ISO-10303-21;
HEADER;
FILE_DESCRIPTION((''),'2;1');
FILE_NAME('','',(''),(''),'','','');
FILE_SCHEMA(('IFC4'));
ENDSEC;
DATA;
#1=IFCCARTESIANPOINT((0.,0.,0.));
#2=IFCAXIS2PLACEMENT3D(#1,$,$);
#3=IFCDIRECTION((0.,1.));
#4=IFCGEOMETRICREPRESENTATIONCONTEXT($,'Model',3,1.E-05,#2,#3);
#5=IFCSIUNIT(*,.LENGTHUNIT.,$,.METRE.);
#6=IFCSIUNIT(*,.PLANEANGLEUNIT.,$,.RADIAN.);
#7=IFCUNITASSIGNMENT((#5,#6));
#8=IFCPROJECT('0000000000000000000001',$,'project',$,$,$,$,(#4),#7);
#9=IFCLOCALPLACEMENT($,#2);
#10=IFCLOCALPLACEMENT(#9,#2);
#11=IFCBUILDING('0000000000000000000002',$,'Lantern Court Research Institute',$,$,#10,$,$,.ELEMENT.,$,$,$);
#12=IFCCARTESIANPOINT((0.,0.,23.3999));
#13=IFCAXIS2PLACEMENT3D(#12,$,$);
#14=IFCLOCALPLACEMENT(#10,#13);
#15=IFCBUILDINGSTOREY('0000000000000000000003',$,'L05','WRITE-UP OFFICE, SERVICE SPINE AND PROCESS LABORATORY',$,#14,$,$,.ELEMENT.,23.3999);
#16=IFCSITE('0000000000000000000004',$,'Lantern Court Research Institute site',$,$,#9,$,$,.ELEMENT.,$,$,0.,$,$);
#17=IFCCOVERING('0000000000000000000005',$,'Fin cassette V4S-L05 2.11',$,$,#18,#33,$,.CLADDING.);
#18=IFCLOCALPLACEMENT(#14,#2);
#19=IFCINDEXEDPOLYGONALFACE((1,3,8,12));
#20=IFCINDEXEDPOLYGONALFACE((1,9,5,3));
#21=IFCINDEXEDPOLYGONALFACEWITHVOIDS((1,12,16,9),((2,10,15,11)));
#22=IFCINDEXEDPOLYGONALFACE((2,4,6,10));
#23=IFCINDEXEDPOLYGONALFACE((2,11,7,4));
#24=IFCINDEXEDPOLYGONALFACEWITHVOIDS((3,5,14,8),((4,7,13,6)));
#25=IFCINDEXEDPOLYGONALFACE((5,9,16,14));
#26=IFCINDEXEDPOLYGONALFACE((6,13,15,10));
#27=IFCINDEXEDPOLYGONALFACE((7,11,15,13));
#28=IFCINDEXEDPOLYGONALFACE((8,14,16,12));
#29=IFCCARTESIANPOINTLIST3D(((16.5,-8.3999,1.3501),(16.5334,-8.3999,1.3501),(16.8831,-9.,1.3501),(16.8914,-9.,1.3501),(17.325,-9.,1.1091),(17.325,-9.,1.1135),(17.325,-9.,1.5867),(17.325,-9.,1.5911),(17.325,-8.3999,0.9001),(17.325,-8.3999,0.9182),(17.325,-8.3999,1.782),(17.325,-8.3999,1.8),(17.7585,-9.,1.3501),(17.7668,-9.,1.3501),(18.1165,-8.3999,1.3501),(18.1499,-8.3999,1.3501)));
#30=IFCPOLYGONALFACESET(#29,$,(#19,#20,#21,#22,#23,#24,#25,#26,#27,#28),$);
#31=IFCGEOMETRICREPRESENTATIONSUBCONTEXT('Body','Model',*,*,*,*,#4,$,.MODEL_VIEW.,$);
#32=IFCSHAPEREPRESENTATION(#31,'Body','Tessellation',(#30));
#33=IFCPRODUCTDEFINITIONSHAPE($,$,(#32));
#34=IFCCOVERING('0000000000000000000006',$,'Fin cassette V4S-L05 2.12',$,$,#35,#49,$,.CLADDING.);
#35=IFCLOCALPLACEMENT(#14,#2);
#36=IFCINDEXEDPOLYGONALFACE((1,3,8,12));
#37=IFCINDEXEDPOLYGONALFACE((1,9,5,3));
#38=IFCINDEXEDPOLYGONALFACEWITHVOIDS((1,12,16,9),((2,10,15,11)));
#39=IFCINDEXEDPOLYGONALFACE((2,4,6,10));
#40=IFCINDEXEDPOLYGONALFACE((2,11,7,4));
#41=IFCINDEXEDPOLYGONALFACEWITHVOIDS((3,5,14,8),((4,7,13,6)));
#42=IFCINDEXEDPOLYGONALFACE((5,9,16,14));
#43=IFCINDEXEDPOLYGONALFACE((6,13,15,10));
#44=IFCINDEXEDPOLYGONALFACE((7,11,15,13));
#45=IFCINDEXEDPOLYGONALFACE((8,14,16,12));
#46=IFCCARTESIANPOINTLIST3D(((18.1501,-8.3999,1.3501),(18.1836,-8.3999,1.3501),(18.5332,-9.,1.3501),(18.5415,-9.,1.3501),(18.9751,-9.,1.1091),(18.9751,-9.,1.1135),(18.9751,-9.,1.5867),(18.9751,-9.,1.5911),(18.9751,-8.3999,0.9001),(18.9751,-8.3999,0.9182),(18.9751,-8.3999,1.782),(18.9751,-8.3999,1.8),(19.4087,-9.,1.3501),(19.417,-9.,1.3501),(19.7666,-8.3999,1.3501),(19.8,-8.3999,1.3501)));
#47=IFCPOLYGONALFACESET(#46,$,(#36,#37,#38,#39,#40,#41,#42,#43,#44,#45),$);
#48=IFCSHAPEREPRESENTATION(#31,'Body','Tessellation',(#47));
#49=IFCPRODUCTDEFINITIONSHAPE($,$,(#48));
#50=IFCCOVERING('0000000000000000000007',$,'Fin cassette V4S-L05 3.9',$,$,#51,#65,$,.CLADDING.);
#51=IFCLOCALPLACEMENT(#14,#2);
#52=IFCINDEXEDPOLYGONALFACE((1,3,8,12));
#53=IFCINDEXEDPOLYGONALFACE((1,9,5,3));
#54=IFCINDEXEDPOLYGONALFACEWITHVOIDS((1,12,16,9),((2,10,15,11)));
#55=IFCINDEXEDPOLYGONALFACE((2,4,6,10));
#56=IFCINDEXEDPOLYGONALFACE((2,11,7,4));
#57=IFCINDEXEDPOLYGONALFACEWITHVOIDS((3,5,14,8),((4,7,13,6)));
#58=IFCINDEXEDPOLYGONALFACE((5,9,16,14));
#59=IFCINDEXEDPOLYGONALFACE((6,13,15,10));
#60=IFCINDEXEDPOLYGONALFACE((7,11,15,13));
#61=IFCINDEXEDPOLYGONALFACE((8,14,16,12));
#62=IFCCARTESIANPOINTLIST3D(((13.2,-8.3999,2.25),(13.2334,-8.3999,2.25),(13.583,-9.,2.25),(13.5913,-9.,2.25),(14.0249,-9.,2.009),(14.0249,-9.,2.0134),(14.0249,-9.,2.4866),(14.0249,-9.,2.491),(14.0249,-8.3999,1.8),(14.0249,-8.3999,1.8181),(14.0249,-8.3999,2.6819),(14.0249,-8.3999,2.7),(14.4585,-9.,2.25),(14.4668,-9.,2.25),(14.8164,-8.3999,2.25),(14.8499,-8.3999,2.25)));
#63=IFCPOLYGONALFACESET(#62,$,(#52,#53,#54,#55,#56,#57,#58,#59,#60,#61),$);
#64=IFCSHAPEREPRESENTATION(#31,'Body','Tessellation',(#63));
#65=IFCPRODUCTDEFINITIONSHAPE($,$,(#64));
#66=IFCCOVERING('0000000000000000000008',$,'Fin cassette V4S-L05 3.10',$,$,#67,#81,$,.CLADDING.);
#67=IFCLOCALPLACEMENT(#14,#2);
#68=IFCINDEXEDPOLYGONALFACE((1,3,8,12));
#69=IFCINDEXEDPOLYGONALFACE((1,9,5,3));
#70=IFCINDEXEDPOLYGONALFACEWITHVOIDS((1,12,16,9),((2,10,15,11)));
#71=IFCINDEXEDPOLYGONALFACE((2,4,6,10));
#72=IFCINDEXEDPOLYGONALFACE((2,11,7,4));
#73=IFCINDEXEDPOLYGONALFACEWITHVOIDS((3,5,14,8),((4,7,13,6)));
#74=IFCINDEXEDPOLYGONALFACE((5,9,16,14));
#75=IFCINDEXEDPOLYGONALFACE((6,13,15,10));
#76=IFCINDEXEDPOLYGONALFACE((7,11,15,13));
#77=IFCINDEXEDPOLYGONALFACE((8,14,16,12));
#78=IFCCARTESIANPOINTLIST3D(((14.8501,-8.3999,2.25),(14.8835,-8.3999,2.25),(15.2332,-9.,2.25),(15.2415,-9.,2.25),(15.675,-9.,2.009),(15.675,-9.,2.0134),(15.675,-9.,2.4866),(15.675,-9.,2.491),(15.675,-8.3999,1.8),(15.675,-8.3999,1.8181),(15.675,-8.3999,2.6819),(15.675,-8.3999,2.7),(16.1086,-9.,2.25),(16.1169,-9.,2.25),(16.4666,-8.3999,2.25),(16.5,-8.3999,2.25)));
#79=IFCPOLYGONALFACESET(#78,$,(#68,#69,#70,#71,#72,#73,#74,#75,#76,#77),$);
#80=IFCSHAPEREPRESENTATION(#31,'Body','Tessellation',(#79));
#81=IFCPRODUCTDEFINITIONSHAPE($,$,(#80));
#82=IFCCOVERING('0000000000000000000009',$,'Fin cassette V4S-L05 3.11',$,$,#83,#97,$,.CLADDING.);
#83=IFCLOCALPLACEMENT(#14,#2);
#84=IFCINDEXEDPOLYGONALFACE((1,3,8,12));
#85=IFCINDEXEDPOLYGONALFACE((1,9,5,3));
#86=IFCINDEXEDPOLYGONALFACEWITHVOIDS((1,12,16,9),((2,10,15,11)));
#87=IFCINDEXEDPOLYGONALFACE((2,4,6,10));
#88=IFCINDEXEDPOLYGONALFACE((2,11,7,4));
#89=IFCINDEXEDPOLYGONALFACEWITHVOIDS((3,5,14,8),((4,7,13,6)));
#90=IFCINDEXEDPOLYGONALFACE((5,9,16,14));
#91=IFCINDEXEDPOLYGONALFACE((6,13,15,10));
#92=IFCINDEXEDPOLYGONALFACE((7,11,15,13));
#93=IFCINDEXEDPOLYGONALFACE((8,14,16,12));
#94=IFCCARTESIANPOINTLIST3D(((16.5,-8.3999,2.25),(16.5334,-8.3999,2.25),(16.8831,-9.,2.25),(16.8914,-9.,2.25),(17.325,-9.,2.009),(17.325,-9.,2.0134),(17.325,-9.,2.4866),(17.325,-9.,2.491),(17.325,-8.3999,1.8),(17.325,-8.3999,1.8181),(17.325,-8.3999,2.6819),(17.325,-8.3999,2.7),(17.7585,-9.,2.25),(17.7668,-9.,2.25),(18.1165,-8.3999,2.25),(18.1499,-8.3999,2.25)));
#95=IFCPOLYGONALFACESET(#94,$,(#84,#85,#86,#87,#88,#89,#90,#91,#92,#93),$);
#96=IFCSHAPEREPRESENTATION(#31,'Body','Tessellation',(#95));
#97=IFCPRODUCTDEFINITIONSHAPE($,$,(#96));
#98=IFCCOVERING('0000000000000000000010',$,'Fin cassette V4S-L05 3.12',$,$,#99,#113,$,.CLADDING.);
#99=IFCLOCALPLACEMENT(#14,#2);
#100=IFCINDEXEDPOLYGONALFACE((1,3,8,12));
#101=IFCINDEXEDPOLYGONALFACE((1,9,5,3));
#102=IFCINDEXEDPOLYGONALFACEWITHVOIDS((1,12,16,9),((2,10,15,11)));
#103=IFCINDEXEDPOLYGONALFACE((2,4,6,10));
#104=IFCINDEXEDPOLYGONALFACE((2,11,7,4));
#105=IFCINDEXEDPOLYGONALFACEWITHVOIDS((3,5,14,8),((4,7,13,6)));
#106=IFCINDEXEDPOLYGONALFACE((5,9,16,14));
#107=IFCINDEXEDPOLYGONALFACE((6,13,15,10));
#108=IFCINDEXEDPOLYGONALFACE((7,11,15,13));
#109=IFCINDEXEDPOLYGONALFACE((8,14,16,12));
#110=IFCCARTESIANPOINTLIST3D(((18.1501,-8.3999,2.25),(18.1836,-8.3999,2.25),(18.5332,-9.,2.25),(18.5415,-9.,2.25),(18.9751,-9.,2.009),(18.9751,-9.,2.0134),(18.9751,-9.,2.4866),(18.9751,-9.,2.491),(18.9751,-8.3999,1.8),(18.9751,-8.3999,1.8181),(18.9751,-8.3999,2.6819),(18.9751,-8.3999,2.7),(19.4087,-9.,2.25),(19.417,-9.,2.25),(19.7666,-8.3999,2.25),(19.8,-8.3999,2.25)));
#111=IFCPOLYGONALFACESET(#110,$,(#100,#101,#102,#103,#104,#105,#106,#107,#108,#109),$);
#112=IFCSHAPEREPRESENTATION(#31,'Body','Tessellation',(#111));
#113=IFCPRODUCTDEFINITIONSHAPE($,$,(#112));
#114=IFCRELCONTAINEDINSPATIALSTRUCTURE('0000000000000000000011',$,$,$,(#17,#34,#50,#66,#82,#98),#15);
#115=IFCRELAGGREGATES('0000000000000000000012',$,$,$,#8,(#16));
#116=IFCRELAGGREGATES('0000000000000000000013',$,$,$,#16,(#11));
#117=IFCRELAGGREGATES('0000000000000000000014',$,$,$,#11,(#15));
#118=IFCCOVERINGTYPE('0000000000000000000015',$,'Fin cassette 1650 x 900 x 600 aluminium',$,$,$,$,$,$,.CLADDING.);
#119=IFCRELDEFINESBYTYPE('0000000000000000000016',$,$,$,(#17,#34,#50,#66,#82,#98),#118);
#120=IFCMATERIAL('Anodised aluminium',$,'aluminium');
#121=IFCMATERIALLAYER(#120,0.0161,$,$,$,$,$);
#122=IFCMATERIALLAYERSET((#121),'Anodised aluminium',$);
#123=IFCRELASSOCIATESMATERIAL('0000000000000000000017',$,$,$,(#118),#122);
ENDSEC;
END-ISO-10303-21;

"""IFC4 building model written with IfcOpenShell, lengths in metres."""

from ifc_helpers import new_model, entity, si_unit, direction, frame, origin, place, context, subcontext, project, spatial, material, layer, layer_set, type_object, element, save


model = new_model("IFC4")

# Units and contexts
model_context = context("Model", 3, precision=1e-05, world=origin(), true_north=direction((0.0, 1.0)))
body_context = subcontext(model_context, "Body", "Model", "MODEL_VIEW")
ifc_project = project(units=[si_unit("LENGTHUNIT", "METRE"), si_unit("PLANEANGLEUNIT", "RADIAN")], contexts=[model_context])

# Site, building, storey
site_placement = place(None, origin())
site = spatial("IfcSite", under=ifc_project, at=site_placement, Name="Lantern Court Research Institute site", CompositionType="ELEMENT", RefElevation=0.0)
building_placement = place(site_placement, origin())
building = spatial("IfcBuilding", under=site, at=building_placement, Name="Lantern Court Research Institute", CompositionType="ELEMENT")
storey_placement = place(building_placement, frame((0.0, 0.0, 23.3999)))
storey = spatial("IfcBuildingStorey", under=building, at=storey_placement, Name="L05", Description="WRITE-UP OFFICE, SERVICE SPINE AND PROCESS LABORATORY", CompositionType="ELEMENT", Elevation=23.3999)

# Coverings
ifc_material_1 = material(Name="Anodised aluminium", Category="aluminium")
ifc_layer_1 = layer(ifc_material_1, 0.0161)
ifc_layer_set_1 = layer_set([ifc_layer_1], Name="Anodised aluminium")
covering_type = type_object("IfcCoveringType", Name="Fin cassette 1650 x 900 x 600 aluminium", PredefinedType="CLADDING", material=ifc_layer_set_1)
covering_1_placement = place(storey_placement, frame((17.325, -8.3999, 1.3501), z_axis=(0.0, -1.0, 0.0), x_axis=(1.0, 0.0, 0.0)))
cartesian_point_1 = entity("IfcCartesianPoint", [0.825, 0.0])
cartesian_point_2 = entity("IfcCartesianPoint", [0.7915, 0.0])
cartesian_point_3 = entity("IfcCartesianPoint", [0.4419, 0.0])
cartesian_point_4 = entity("IfcCartesianPoint", [0.4336, 0.0])
element("IfcCovering", 1, at=covering_1_placement, inside=storey, type_object=covering_type, Name="Fin cassette V4S-L05 2.11", PredefinedType="CLADDING", context=body_context, shape_type="SweptSolid", body=[
    entity("IfcExtrudedAreaSolidTapered", entity("IfcArbitraryProfileDefWithVoids", "AREA", None, entity("IfcPolyline", [cartesian_point_1, entity("IfcCartesianPoint", [0.0, 0.45]), entity("IfcCartesianPoint", [-0.825, 0.0]), entity("IfcCartesianPoint", [0.0, -0.45]), cartesian_point_1]), [entity("IfcPolyline", [cartesian_point_2, entity("IfcCartesianPoint", [0.0, 0.4319]), entity("IfcCartesianPoint", [-0.7915, 0.0]), entity("IfcCartesianPoint", [0.0, -0.4319]), cartesian_point_2])]), entity("IfcAxis2Placement3D", entity("IfcCartesianPoint", [0.0, 0.0, 0.0])), entity("IfcDirection", [0.0, 0.0, 1.0]), 0.6001, entity("IfcArbitraryProfileDefWithVoids", "AREA", None, entity("IfcPolyline", [cartesian_point_3, entity("IfcCartesianPoint", [0.0, 0.241]), entity("IfcCartesianPoint", [-0.4419, 0.0]), entity("IfcCartesianPoint", [0.0, -0.241]), cartesian_point_3]), [entity("IfcPolyline", [cartesian_point_4, entity("IfcCartesianPoint", [0.0, 0.2366]), entity("IfcCartesianPoint", [-0.4336, 0.0]), entity("IfcCartesianPoint", [0.0, -0.2366]), cartesian_point_4])])),
])
covering_2_placement = place(storey_placement, frame((18.9751, -8.3999, 1.3501), z_axis=(0.0, -1.0, 0.0), x_axis=(1.0, 0.0, 0.0)))
cartesian_point_5 = entity("IfcCartesianPoint", [0.825, 0.0])
cartesian_point_6 = entity("IfcCartesianPoint", [0.7915, 0.0])
cartesian_point_7 = entity("IfcCartesianPoint", [0.4419, 0.0])
cartesian_point_8 = entity("IfcCartesianPoint", [0.4336, 0.0])
element("IfcCovering", 2, at=covering_2_placement, inside=storey, type_object=covering_type, Name="Fin cassette V4S-L05 2.12", PredefinedType="CLADDING", context=body_context, shape_type="SweptSolid", body=[
    entity("IfcExtrudedAreaSolidTapered", entity("IfcArbitraryProfileDefWithVoids", "AREA", None, entity("IfcPolyline", [cartesian_point_5, entity("IfcCartesianPoint", [0.0, 0.45]), entity("IfcCartesianPoint", [-0.825, 0.0]), entity("IfcCartesianPoint", [0.0, -0.45]), cartesian_point_5]), [entity("IfcPolyline", [cartesian_point_6, entity("IfcCartesianPoint", [0.0, 0.4319]), entity("IfcCartesianPoint", [-0.7915, 0.0]), entity("IfcCartesianPoint", [0.0, -0.4319]), cartesian_point_6])]), entity("IfcAxis2Placement3D", entity("IfcCartesianPoint", [0.0, 0.0, 0.0])), entity("IfcDirection", [0.0, 0.0, 1.0]), 0.6001, entity("IfcArbitraryProfileDefWithVoids", "AREA", None, entity("IfcPolyline", [cartesian_point_7, entity("IfcCartesianPoint", [0.0, 0.241]), entity("IfcCartesianPoint", [-0.4419, 0.0]), entity("IfcCartesianPoint", [0.0, -0.241]), cartesian_point_7]), [entity("IfcPolyline", [cartesian_point_8, entity("IfcCartesianPoint", [0.0, 0.2366]), entity("IfcCartesianPoint", [-0.4336, 0.0]), entity("IfcCartesianPoint", [0.0, -0.2366]), cartesian_point_8])])),
])
covering_3_placement = place(storey_placement, frame((14.0249, -8.3999, 2.25), z_axis=(0.0, -1.0, 0.0), x_axis=(1.0, 0.0, 0.0)))
cartesian_point_9 = entity("IfcCartesianPoint", [0.825, 0.0])
cartesian_point_10 = entity("IfcCartesianPoint", [0.7915, 0.0])
cartesian_point_11 = entity("IfcCartesianPoint", [0.4419, 0.0])
cartesian_point_12 = entity("IfcCartesianPoint", [0.4336, 0.0])
element("IfcCovering", 3, at=covering_3_placement, inside=storey, type_object=covering_type, Name="Fin cassette V4S-L05 3.9", PredefinedType="CLADDING", context=body_context, shape_type="SweptSolid", body=[
    entity("IfcExtrudedAreaSolidTapered", entity("IfcArbitraryProfileDefWithVoids", "AREA", None, entity("IfcPolyline", [cartesian_point_9, entity("IfcCartesianPoint", [0.0, 0.45]), entity("IfcCartesianPoint", [-0.825, 0.0]), entity("IfcCartesianPoint", [0.0, -0.45]), cartesian_point_9]), [entity("IfcPolyline", [cartesian_point_10, entity("IfcCartesianPoint", [0.0, 0.4319]), entity("IfcCartesianPoint", [-0.7915, 0.0]), entity("IfcCartesianPoint", [0.0, -0.4319]), cartesian_point_10])]), entity("IfcAxis2Placement3D", entity("IfcCartesianPoint", [0.0, 0.0, 0.0])), entity("IfcDirection", [0.0, 0.0, 1.0]), 0.6001, entity("IfcArbitraryProfileDefWithVoids", "AREA", None, entity("IfcPolyline", [cartesian_point_11, entity("IfcCartesianPoint", [0.0, 0.241]), entity("IfcCartesianPoint", [-0.4419, 0.0]), entity("IfcCartesianPoint", [0.0, -0.241]), cartesian_point_11]), [entity("IfcPolyline", [cartesian_point_12, entity("IfcCartesianPoint", [0.0, 0.2366]), entity("IfcCartesianPoint", [-0.4336, 0.0]), entity("IfcCartesianPoint", [0.0, -0.2366]), cartesian_point_12])])),
])
covering_4_placement = place(storey_placement, frame((15.675, -8.3999, 2.25), z_axis=(0.0, -1.0, 0.0), x_axis=(1.0, 0.0, 0.0)))
cartesian_point_13 = entity("IfcCartesianPoint", [0.825, 0.0])
cartesian_point_14 = entity("IfcCartesianPoint", [0.7915, 0.0])
cartesian_point_15 = entity("IfcCartesianPoint", [0.4419, 0.0])
cartesian_point_16 = entity("IfcCartesianPoint", [0.4336, 0.0])
element("IfcCovering", 4, at=covering_4_placement, inside=storey, type_object=covering_type, Name="Fin cassette V4S-L05 3.10", PredefinedType="CLADDING", context=body_context, shape_type="SweptSolid", body=[
    entity("IfcExtrudedAreaSolidTapered", entity("IfcArbitraryProfileDefWithVoids", "AREA", None, entity("IfcPolyline", [cartesian_point_13, entity("IfcCartesianPoint", [0.0, 0.45]), entity("IfcCartesianPoint", [-0.825, 0.0]), entity("IfcCartesianPoint", [0.0, -0.45]), cartesian_point_13]), [entity("IfcPolyline", [cartesian_point_14, entity("IfcCartesianPoint", [0.0, 0.4319]), entity("IfcCartesianPoint", [-0.7915, 0.0]), entity("IfcCartesianPoint", [0.0, -0.4319]), cartesian_point_14])]), entity("IfcAxis2Placement3D", entity("IfcCartesianPoint", [0.0, 0.0, 0.0])), entity("IfcDirection", [0.0, 0.0, 1.0]), 0.6001, entity("IfcArbitraryProfileDefWithVoids", "AREA", None, entity("IfcPolyline", [cartesian_point_15, entity("IfcCartesianPoint", [0.0, 0.241]), entity("IfcCartesianPoint", [-0.4419, 0.0]), entity("IfcCartesianPoint", [0.0, -0.241]), cartesian_point_15]), [entity("IfcPolyline", [cartesian_point_16, entity("IfcCartesianPoint", [0.0, 0.2366]), entity("IfcCartesianPoint", [-0.4336, 0.0]), entity("IfcCartesianPoint", [0.0, -0.2366]), cartesian_point_16])])),
])
covering_5_placement = place(storey_placement, frame((17.325, -8.3999, 2.25), z_axis=(0.0, -1.0, 0.0), x_axis=(1.0, 0.0, 0.0)))
cartesian_point_17 = entity("IfcCartesianPoint", [0.825, 0.0])
cartesian_point_18 = entity("IfcCartesianPoint", [0.7915, 0.0])
cartesian_point_19 = entity("IfcCartesianPoint", [0.4419, 0.0])
cartesian_point_20 = entity("IfcCartesianPoint", [0.4336, 0.0])
element("IfcCovering", 5, at=covering_5_placement, inside=storey, type_object=covering_type, Name="Fin cassette V4S-L05 3.11", PredefinedType="CLADDING", context=body_context, shape_type="SweptSolid", body=[
    entity("IfcExtrudedAreaSolidTapered", entity("IfcArbitraryProfileDefWithVoids", "AREA", None, entity("IfcPolyline", [cartesian_point_17, entity("IfcCartesianPoint", [0.0, 0.45]), entity("IfcCartesianPoint", [-0.825, 0.0]), entity("IfcCartesianPoint", [0.0, -0.45]), cartesian_point_17]), [entity("IfcPolyline", [cartesian_point_18, entity("IfcCartesianPoint", [0.0, 0.4319]), entity("IfcCartesianPoint", [-0.7915, 0.0]), entity("IfcCartesianPoint", [0.0, -0.4319]), cartesian_point_18])]), entity("IfcAxis2Placement3D", entity("IfcCartesianPoint", [0.0, 0.0, 0.0])), entity("IfcDirection", [0.0, 0.0, 1.0]), 0.6001, entity("IfcArbitraryProfileDefWithVoids", "AREA", None, entity("IfcPolyline", [cartesian_point_19, entity("IfcCartesianPoint", [0.0, 0.241]), entity("IfcCartesianPoint", [-0.4419, 0.0]), entity("IfcCartesianPoint", [0.0, -0.241]), cartesian_point_19]), [entity("IfcPolyline", [cartesian_point_20, entity("IfcCartesianPoint", [0.0, 0.2366]), entity("IfcCartesianPoint", [-0.4336, 0.0]), entity("IfcCartesianPoint", [0.0, -0.2366]), cartesian_point_20])])),
])
covering_6_placement = place(storey_placement, frame((18.9751, -8.3999, 2.25), z_axis=(0.0, -1.0, 0.0), x_axis=(1.0, 0.0, 0.0)))
cartesian_point_21 = entity("IfcCartesianPoint", [0.825, 0.0])
cartesian_point_22 = entity("IfcCartesianPoint", [0.7915, 0.0])
cartesian_point_23 = entity("IfcCartesianPoint", [0.4419, 0.0])
cartesian_point_24 = entity("IfcCartesianPoint", [0.4336, 0.0])
element("IfcCovering", 6, at=covering_6_placement, inside=storey, type_object=covering_type, Name="Fin cassette V4S-L05 3.12", PredefinedType="CLADDING", context=body_context, shape_type="SweptSolid", body=[
    entity("IfcExtrudedAreaSolidTapered", entity("IfcArbitraryProfileDefWithVoids", "AREA", None, entity("IfcPolyline", [cartesian_point_21, entity("IfcCartesianPoint", [0.0, 0.45]), entity("IfcCartesianPoint", [-0.825, 0.0]), entity("IfcCartesianPoint", [0.0, -0.45]), cartesian_point_21]), [entity("IfcPolyline", [cartesian_point_22, entity("IfcCartesianPoint", [0.0, 0.4319]), entity("IfcCartesianPoint", [-0.7915, 0.0]), entity("IfcCartesianPoint", [0.0, -0.4319]), cartesian_point_22])]), entity("IfcAxis2Placement3D", entity("IfcCartesianPoint", [0.0, 0.0, 0.0])), entity("IfcDirection", [0.0, 0.0, 1.0]), 0.6001, entity("IfcArbitraryProfileDefWithVoids", "AREA", None, entity("IfcPolyline", [cartesian_point_23, entity("IfcCartesianPoint", [0.0, 0.241]), entity("IfcCartesianPoint", [-0.4419, 0.0]), entity("IfcCartesianPoint", [0.0, -0.241]), cartesian_point_23]), [entity("IfcPolyline", [cartesian_point_24, entity("IfcCartesianPoint", [0.0, 0.2366]), entity("IfcCartesianPoint", [-0.4336, 0.0]), entity("IfcCartesianPoint", [0.0, -0.2366]), cartesian_point_24])])),
])

save(model, "model.ifc")
